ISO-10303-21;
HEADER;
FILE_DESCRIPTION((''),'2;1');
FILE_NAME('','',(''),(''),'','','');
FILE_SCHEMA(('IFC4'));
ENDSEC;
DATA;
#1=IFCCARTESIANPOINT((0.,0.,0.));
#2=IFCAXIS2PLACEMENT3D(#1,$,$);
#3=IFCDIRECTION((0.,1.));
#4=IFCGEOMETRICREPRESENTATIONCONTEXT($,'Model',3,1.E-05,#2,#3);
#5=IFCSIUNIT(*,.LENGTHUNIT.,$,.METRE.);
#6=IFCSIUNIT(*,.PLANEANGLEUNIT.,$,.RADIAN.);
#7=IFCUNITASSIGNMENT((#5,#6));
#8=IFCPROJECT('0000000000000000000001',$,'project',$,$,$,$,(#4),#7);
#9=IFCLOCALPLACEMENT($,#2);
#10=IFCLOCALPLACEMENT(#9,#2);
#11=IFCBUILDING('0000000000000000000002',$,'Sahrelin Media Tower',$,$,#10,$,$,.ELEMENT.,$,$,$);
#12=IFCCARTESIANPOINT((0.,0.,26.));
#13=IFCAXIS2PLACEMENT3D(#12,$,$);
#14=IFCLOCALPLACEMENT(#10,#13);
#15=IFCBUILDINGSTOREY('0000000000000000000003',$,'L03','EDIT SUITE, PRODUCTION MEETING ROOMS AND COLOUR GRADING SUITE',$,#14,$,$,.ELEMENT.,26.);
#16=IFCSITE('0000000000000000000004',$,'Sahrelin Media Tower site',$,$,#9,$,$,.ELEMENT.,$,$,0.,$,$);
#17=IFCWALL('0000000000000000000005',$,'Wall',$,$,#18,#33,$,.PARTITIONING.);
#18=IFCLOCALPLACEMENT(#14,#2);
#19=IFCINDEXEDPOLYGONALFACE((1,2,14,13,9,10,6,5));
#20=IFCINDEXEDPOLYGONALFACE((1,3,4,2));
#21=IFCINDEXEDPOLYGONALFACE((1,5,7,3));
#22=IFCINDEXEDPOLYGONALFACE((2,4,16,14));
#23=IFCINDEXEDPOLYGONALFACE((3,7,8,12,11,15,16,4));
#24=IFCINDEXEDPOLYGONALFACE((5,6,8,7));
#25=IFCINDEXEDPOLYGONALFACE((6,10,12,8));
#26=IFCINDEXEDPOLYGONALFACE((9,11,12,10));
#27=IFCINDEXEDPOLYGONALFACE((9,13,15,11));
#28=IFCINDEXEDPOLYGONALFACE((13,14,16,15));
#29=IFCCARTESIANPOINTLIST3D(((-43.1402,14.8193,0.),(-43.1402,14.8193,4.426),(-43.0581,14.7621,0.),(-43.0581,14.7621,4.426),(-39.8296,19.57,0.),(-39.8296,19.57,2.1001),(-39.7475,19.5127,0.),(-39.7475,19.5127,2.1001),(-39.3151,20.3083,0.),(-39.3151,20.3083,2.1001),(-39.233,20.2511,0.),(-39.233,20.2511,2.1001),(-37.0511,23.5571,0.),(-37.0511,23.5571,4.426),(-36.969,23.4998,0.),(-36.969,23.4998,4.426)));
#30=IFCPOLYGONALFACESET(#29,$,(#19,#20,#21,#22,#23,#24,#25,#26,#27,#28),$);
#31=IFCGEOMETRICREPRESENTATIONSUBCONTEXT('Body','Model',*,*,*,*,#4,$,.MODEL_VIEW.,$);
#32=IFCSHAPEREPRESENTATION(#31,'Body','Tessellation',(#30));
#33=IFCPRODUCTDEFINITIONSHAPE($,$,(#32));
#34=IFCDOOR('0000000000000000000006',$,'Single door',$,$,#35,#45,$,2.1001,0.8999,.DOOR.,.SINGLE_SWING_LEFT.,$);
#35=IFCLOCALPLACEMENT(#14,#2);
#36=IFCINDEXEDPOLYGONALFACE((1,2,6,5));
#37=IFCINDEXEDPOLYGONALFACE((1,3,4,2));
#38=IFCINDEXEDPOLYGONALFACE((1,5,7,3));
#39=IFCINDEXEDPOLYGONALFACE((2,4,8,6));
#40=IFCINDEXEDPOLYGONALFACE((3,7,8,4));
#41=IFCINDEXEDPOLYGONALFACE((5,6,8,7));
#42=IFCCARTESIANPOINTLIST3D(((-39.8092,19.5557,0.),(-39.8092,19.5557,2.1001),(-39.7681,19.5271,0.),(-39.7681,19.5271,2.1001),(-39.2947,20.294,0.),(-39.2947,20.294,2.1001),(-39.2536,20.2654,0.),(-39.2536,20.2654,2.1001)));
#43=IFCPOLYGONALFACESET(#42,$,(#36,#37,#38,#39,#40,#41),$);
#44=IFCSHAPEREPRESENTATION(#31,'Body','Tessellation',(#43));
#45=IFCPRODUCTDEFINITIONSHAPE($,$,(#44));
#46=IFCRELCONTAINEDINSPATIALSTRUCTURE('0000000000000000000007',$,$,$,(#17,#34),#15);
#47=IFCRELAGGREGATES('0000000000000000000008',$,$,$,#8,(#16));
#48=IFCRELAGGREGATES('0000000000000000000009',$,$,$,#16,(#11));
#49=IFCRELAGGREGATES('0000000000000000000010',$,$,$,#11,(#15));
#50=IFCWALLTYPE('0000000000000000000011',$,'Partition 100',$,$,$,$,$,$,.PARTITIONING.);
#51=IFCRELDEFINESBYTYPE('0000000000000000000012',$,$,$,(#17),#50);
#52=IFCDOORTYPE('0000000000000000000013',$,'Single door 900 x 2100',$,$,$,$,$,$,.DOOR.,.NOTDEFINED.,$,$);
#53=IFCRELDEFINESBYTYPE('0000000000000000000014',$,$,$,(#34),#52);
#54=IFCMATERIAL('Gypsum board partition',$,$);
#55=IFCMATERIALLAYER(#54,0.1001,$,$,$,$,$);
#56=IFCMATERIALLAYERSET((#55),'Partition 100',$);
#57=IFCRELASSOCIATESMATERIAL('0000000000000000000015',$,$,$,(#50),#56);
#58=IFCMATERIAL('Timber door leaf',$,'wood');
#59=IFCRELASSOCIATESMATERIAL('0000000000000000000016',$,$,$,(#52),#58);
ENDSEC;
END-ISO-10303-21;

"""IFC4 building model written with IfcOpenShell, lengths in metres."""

from ifc_helpers import new_model, si_unit, direction, frame, frame_2d, origin, place, context, subcontext, project, spatial, rectangle, extrude, material, layer, layer_set, type_object, element, fill, save


model = new_model("IFC4")

# Units and contexts
model_context = context("Model", 3, precision=1e-05, world=origin(), true_north=direction((0.0, 1.0)))
body_context = subcontext(model_context, "Body", "Model", "MODEL_VIEW")
ifc_project = project(units=[si_unit("LENGTHUNIT", "METRE"), si_unit("PLANEANGLEUNIT", "RADIAN")], contexts=[model_context])

# Site, building, storey
site_placement = place(None, origin())
site = spatial("IfcSite", under=ifc_project, at=site_placement, Name="Sahrelin Media Tower site", CompositionType="ELEMENT", RefElevation=0.0)
building_placement = place(site_placement, origin())
building = spatial("IfcBuilding", under=site, at=building_placement, Name="Sahrelin Media Tower", CompositionType="ELEMENT")
storey_placement = place(building_placement, frame((0.0, 0.0, 26.0)))
storey = spatial("IfcBuildingStorey", under=building, at=storey_placement, Name="L03", Description="EDIT SUITE, PRODUCTION MEETING ROOMS AND COLOUR GRADING SUITE", CompositionType="ELEMENT", Elevation=26.0)

# Wall, opening, door
ifc_material_1 = material(Name="Gypsum board partition")
ifc_layer_1 = layer(ifc_material_1, 0.1001)
ifc_layer_set_1 = layer_set([ifc_layer_1], Name="Partition 100")
wall_type = type_object("IfcWallType", Name="Partition 100", PredefinedType="PARTITIONING", material=ifc_layer_set_1)
wall_placement = place(storey_placement, frame((-37.01, 23.5286, 0.0), z_axis=(0.0, 0.0, 1.0), x_axis=(-0.571738, -0.820436, 0.0)))
wall = element("IfcWall", 1, at=wall_placement, inside=storey, type_object=wall_type, Name="Wall", PredefinedType="PARTITIONING", context=body_context, shape_type="SweptSolid", body=[
    extrude(rectangle(XDim=10.6501, YDim=0.1001, at=frame_2d((5.3252, 0.0))), origin(), (0.0, 0.0, 1.0), 4.426),
])
opening_placement = place(wall_placement, frame((3.96, 0.0, 0.0)))
opening = element("IfcOpeningElement", 2, at=opening_placement, cuts=wall, PredefinedType="OPENING", context=body_context, shape_type="SweptSolid", body=[
    extrude(rectangle(XDim=0.8999, YDim=2.1001, at=frame_2d((0.45, 1.05))), frame((0.0, 0.05, 0.0), z_axis=(0.0, -1.0, 0.0), x_axis=(1.0, 0.0, 0.0)), (0.0, 0.0, 1.0), 0.1001),
])
ifc_material_2 = material(Name="Timber door leaf", Category="wood")
door_type = type_object("IfcDoorType", Name="Single door 900 x 2100", OperationType="NOTDEFINED", PredefinedType="DOOR", material=ifc_material_2)
door_placement = place(opening_placement, origin())
door = element("IfcDoor", 3, at=door_placement, inside=storey, type_object=door_type, Name="Single door", OperationType="SINGLE_SWING_LEFT", OverallHeight=2.1001, OverallWidth=0.8999, PredefinedType="DOOR", context=body_context, shape_type="SweptSolid", body=[
    extrude(rectangle(XDim=0.8999, YDim=2.1001, at=frame_2d((0.45, 1.05))), frame((0.0, 0.0249, 0.0), z_axis=(0.0, -1.0, 0.0), x_axis=(1.0, 0.0, 0.0)), (0.0, 0.0, 1.0), 0.05),
])
fill(opening, door)

save(model, "model.ifc")
